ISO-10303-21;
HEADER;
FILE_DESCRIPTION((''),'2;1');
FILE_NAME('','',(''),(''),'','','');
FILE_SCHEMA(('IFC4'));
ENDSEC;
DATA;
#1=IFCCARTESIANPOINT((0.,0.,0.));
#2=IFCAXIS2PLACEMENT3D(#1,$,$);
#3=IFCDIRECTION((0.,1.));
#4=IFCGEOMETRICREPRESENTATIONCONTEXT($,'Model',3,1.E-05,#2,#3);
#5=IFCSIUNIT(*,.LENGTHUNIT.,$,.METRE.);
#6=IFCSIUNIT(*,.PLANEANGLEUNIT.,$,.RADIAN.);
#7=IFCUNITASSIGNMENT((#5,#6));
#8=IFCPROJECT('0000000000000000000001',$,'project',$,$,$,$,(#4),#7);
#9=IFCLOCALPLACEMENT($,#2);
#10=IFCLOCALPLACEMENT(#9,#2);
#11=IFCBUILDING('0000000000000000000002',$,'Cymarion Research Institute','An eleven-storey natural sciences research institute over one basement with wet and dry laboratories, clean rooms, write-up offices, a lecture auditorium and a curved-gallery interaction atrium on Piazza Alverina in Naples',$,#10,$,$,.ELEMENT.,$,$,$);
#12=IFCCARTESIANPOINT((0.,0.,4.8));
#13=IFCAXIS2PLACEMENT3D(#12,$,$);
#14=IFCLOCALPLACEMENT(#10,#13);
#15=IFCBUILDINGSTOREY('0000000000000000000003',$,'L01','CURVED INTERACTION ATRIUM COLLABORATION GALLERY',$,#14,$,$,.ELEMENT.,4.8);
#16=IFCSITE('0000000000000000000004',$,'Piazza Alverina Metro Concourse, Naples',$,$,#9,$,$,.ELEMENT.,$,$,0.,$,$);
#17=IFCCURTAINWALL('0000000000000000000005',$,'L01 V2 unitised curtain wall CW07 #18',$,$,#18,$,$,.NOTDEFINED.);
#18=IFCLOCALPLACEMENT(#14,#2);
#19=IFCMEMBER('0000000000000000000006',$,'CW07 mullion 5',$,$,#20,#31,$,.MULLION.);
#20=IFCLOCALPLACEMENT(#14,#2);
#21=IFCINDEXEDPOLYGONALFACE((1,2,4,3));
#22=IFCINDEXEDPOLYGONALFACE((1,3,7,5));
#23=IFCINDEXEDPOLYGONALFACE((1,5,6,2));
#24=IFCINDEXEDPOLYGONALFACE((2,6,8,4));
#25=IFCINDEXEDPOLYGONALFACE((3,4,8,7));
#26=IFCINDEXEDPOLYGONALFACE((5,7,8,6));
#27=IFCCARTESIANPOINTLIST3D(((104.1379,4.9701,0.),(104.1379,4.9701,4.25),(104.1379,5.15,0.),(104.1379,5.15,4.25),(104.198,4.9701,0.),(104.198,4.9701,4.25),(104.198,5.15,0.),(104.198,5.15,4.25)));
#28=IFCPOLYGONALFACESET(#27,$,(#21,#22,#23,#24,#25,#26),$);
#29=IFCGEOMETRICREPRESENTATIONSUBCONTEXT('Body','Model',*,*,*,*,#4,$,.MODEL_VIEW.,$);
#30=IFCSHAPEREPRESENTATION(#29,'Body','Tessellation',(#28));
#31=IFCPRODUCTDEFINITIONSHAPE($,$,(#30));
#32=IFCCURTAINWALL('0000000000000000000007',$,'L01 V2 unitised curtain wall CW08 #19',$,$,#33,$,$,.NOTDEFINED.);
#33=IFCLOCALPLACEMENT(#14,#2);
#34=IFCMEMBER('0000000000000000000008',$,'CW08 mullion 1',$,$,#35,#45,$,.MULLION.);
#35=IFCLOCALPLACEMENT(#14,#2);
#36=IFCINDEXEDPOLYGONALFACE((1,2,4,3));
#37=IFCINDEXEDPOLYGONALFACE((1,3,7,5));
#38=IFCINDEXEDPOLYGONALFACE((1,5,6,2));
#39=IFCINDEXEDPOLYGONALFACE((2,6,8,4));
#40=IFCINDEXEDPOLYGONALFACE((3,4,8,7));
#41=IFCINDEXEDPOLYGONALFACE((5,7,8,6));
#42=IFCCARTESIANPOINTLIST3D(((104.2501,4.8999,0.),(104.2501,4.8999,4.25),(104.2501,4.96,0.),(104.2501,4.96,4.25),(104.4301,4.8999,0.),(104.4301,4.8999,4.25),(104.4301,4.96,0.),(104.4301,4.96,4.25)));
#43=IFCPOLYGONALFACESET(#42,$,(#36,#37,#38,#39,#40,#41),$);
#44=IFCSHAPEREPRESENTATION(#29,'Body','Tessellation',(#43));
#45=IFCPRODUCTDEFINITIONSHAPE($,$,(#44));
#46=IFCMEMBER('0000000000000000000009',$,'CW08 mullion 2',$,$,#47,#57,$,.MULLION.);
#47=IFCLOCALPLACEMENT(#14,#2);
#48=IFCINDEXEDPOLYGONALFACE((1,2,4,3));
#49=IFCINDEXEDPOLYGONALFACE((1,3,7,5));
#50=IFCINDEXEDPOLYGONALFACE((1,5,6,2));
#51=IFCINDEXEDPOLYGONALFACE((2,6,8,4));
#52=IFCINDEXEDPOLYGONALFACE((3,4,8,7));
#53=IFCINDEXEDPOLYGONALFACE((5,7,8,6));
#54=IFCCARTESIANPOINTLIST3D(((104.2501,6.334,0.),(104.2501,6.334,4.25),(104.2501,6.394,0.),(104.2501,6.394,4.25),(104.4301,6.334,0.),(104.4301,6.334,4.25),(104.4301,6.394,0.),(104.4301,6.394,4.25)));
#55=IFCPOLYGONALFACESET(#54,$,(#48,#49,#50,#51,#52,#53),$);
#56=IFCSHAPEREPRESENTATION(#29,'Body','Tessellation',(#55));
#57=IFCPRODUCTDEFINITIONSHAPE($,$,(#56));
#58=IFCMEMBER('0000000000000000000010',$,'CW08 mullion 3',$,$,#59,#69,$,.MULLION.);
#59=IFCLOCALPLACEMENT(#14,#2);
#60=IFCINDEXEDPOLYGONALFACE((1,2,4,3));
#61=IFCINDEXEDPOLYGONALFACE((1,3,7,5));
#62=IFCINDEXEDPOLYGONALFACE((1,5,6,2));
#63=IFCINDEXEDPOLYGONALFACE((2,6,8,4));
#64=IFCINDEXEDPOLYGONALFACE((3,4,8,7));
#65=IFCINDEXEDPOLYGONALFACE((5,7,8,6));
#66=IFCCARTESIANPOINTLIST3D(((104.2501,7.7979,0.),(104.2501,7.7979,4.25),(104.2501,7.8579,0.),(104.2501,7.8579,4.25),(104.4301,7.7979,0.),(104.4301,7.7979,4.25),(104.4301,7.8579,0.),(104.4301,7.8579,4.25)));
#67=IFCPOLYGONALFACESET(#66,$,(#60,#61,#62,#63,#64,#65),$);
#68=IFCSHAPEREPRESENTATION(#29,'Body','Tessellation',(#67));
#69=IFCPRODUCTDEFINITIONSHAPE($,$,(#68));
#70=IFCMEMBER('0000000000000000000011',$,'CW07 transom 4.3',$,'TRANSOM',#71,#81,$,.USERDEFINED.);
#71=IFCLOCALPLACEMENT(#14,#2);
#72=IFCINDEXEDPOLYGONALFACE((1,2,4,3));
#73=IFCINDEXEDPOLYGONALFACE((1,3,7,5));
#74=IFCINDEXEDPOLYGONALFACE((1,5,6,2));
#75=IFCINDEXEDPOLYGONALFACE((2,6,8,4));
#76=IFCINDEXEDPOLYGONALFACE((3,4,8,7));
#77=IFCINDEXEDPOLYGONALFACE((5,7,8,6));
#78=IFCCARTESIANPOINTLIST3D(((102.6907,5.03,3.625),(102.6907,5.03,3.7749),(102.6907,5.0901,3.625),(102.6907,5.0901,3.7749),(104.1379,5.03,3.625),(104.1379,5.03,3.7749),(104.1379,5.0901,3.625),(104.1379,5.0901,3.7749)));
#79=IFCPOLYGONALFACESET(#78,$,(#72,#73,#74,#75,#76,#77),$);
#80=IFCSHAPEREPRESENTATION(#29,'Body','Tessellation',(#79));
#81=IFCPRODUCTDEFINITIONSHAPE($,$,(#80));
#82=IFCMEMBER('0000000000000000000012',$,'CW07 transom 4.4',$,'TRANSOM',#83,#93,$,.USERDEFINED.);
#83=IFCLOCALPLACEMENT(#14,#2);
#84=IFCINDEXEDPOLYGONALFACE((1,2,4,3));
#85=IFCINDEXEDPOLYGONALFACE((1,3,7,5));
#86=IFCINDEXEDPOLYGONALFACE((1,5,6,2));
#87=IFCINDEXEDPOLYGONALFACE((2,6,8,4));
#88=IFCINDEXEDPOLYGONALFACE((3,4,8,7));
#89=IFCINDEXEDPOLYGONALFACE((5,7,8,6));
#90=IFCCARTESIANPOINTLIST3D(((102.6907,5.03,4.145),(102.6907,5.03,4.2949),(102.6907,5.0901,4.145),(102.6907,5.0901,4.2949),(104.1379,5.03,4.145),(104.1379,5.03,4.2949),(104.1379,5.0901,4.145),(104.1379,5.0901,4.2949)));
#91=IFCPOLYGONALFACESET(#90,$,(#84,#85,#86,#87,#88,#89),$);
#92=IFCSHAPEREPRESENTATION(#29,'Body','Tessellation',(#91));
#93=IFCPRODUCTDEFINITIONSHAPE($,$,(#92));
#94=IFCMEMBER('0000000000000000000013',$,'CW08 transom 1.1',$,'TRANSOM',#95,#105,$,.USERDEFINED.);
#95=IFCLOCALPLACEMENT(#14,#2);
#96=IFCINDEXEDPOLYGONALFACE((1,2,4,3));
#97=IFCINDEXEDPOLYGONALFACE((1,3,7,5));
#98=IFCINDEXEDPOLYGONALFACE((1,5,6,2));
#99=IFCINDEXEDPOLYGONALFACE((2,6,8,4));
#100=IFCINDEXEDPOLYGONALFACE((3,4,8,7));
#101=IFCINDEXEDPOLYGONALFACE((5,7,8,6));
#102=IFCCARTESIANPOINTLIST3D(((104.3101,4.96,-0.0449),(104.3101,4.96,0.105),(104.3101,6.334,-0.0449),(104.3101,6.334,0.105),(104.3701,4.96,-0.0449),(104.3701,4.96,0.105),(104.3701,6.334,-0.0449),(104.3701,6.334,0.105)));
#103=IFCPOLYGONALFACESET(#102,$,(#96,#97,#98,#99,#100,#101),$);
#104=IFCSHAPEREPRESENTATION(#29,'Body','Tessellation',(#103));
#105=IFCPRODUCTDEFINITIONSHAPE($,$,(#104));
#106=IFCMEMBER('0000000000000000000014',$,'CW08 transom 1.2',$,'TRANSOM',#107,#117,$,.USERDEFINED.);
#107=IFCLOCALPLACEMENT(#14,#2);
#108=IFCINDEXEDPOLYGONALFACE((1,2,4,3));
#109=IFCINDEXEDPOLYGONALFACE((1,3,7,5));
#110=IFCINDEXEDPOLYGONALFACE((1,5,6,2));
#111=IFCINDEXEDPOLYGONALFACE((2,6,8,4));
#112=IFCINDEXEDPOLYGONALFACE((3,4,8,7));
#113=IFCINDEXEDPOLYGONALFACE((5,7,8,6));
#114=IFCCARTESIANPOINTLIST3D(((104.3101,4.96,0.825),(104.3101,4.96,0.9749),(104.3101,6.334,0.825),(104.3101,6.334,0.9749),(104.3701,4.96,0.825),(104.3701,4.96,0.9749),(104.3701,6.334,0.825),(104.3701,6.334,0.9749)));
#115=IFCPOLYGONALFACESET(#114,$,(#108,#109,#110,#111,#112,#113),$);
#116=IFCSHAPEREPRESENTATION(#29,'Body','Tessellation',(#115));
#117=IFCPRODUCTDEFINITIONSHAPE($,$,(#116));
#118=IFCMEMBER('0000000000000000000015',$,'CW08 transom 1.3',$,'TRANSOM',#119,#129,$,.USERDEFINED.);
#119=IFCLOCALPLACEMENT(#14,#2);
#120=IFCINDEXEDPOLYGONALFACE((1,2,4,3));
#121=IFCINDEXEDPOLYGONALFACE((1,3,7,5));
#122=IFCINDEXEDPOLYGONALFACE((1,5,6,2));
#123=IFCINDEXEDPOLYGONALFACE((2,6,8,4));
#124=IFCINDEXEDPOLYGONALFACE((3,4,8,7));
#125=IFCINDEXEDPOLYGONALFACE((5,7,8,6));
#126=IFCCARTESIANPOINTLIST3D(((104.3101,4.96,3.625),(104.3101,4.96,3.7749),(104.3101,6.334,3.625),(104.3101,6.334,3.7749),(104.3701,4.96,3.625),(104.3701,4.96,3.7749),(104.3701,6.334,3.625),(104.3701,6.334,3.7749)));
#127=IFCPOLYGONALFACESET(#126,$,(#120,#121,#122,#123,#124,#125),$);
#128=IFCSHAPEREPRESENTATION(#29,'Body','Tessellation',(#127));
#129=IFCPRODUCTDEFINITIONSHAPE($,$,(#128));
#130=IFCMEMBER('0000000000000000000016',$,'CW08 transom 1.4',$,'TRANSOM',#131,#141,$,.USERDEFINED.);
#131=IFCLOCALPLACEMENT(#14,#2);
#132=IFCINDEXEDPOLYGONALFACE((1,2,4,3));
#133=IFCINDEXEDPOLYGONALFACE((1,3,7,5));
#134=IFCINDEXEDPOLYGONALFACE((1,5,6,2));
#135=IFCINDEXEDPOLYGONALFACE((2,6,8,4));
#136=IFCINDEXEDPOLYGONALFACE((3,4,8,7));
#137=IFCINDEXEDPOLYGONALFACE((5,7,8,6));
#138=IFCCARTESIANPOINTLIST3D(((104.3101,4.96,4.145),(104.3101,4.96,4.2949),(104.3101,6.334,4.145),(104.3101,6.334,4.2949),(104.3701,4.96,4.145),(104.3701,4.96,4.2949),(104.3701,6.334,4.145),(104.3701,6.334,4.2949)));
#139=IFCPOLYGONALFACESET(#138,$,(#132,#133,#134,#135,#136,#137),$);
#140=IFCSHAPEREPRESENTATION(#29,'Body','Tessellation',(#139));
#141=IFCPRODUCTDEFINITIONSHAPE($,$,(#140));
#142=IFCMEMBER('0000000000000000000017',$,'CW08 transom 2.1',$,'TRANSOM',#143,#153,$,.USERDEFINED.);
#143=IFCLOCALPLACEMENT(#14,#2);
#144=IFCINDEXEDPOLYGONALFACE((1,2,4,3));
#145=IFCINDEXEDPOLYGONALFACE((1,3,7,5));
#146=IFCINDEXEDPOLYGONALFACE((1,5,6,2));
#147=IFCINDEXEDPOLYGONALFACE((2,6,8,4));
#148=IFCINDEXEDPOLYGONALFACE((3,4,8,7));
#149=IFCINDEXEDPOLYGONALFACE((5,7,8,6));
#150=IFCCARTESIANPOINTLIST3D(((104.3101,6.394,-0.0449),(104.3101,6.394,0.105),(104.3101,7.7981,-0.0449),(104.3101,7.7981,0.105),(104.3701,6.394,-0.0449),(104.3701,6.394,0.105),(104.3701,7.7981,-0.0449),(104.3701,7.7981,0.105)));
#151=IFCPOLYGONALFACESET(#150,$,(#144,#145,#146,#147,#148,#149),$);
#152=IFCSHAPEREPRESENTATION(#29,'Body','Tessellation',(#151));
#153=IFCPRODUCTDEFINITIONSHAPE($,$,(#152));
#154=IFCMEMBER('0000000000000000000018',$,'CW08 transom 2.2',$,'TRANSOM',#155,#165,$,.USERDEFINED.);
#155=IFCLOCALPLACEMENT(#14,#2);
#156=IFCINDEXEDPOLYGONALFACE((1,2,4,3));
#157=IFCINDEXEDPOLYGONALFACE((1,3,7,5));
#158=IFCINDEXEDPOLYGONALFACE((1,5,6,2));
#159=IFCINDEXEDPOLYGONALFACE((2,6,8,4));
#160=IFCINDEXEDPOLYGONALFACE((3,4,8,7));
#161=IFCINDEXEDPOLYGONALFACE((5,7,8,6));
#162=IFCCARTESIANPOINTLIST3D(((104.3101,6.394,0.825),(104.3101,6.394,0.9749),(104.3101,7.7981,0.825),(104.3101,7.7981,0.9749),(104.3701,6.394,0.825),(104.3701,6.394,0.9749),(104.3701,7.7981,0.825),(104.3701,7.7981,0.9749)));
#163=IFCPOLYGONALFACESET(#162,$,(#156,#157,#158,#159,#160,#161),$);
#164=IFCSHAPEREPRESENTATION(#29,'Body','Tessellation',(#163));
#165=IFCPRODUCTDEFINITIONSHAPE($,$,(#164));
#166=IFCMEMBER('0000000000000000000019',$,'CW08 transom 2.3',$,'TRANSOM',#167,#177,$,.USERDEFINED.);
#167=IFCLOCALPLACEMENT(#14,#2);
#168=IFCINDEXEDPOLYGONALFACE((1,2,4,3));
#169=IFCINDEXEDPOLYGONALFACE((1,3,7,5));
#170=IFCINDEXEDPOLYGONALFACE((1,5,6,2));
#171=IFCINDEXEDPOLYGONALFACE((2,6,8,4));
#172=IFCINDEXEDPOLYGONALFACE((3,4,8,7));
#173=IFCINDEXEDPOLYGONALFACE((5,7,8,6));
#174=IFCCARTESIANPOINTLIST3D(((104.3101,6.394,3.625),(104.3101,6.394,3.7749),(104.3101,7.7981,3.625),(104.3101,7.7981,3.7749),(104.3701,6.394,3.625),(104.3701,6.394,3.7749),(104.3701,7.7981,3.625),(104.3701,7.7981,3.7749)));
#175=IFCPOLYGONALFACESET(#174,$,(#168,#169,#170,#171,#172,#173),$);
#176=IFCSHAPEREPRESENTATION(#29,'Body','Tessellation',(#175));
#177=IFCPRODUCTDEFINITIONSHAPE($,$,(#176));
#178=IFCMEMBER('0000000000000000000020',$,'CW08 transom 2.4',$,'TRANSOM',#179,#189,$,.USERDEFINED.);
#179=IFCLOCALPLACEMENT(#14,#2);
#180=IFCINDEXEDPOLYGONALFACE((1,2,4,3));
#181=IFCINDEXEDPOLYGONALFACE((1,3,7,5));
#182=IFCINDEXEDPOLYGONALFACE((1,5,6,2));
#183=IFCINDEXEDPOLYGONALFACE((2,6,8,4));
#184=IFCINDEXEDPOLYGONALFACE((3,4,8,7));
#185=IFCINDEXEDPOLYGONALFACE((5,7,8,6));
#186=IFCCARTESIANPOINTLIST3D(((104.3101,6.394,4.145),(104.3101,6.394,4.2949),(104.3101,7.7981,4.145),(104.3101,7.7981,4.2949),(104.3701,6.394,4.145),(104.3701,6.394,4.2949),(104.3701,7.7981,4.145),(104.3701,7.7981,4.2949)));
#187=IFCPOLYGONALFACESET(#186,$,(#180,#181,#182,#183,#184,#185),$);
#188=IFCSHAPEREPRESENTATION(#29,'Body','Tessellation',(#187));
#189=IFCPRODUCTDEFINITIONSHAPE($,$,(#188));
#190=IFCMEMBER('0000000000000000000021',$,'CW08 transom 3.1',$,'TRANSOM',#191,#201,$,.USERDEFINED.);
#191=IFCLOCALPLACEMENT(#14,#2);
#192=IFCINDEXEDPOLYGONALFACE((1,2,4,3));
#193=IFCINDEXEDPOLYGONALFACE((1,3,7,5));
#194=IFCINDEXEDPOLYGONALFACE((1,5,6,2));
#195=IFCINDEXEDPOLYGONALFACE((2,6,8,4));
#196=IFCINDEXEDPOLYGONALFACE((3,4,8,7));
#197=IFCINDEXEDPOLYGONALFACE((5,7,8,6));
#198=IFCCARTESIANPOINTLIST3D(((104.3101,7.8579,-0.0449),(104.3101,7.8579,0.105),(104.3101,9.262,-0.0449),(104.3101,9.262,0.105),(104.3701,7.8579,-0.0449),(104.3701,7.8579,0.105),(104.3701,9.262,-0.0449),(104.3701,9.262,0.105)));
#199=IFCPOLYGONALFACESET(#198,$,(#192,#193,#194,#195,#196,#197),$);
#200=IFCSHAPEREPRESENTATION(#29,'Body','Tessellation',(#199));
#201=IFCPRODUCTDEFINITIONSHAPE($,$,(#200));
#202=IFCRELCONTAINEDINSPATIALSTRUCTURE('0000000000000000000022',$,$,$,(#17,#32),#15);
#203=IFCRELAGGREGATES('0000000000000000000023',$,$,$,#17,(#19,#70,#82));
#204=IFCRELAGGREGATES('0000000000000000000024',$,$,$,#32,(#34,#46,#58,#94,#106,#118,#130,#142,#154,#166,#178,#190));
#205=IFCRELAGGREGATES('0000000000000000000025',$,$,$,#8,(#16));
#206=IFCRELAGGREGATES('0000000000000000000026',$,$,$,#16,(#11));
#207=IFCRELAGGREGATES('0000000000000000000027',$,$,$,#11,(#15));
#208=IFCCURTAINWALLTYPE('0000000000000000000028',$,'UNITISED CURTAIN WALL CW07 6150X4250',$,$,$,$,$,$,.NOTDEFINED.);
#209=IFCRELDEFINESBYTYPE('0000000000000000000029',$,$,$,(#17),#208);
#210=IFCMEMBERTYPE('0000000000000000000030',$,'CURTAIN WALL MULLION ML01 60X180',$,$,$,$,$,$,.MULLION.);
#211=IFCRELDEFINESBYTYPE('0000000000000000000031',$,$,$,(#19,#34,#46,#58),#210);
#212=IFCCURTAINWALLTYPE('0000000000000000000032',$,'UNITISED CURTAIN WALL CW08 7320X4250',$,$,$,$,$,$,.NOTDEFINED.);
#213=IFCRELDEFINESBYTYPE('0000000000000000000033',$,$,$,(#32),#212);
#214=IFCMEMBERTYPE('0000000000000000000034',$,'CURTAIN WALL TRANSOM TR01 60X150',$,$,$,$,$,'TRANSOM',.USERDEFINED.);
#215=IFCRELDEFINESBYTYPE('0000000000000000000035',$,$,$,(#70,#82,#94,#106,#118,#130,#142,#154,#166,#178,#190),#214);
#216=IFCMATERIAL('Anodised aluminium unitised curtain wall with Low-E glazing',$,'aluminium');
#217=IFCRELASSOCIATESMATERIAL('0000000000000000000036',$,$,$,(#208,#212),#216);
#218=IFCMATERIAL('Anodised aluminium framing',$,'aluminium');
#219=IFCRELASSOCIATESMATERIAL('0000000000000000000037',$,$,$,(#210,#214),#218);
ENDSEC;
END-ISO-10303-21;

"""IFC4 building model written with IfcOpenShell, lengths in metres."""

from ifc_helpers import new_model, si_unit, direction, frame, origin, origin_2d, place, context, subcontext, project, spatial, rectangle, extrude, material, material_profile, profile_set, type_object, element, aggregate, save


model = new_model("IFC4")

# Units and contexts
model_context = context("Model", 3, precision=1e-05, world=origin(), true_north=direction((0.0, 1.0)))
body_context = subcontext(model_context, "Body", "Model", "MODEL_VIEW")
ifc_project = project(units=[si_unit("LENGTHUNIT", "METRE"), si_unit("PLANEANGLEUNIT", "RADIAN")], contexts=[model_context])

# Site, building, storey
site_placement = place(None, origin())
site = spatial("IfcSite", under=ifc_project, at=site_placement, Name="Piazza Alverina Metro Concourse, Naples", CompositionType="ELEMENT", RefElevation=0.0)
building_placement = place(site_placement, origin())
building = spatial("IfcBuilding", under=site, at=building_placement, Name="Cymarion Research Institute", Description="An eleven-storey natural sciences research institute over one basement with wet and dry laboratories, clean rooms, write-up offices, a lecture auditorium and a curved-gallery interaction atrium on Piazza Alverina in Naples", CompositionType="ELEMENT")
storey_placement = place(building_placement, frame((0.0, 0.0, 4.8)))
storey = spatial("IfcBuildingStorey", under=building, at=storey_placement, Name="L01", Description="CURVED INTERACTION ATRIUM COLLABORATION GALLERY", CompositionType="ELEMENT", Elevation=4.8)

# Curtain wall, member
ifc_material_1 = material(Name="Anodised aluminium unitised curtain wall with Low-E glazing", Category="aluminium")
curtain_wall_type_1 = type_object("IfcCurtainWallType", Name="UNITISED CURTAIN WALL CW07 6150X4250", PredefinedType="NOTDEFINED", material=ifc_material_1)
curtain_wall_1_placement = place(storey_placement, origin())
curtain_wall_1 = element("IfcCurtainWall", 1, at=curtain_wall_1_placement, inside=storey, type_object=curtain_wall_type_1, Name="L01 V2 unitised curtain wall CW07 #18", PredefinedType="NOTDEFINED")
ifc_material_2 = material(Name="Anodised aluminium framing", Category="aluminium")
ifc_material_profile_1 = material_profile(ifc_material_2, rectangle(XDim=0.0601, YDim=0.1799, at=origin_2d()), Name="ALU MULLION 60x180")
ifc_profile_set_1 = profile_set([ifc_material_profile_1], Name="Anodised aluminium framing")
member_type_1 = type_object("IfcMemberType", Name="CURTAIN WALL MULLION ML01 60X180", PredefinedType="MULLION", material=ifc_profile_set_1)
member_1_placement = place(storey_placement, frame((104.168, 5.0601, 0.0), z_axis=(0.0, 0.0, 1.0), x_axis=(1.0, 0.0, 0.0)))
member_1 = element("IfcMember", 2, at=member_1_placement, type_object=member_type_1, Name="CW07 mullion 5", PredefinedType="MULLION", context=body_context, shape_type="SweptSolid", body=[
    extrude(rectangle(XDim=0.0601, YDim=0.1799, at=origin_2d()), origin(), (0.0, 0.0, 1.0), 4.25),
])

# Curtain wall, members
curtain_wall_type_2 = type_object("IfcCurtainWallType", Name="UNITISED CURTAIN WALL CW08 7320X4250", PredefinedType="NOTDEFINED", material=ifc_material_1)
curtain_wall_2_placement = place(storey_placement, origin())
curtain_wall_2 = element("IfcCurtainWall", 3, at=curtain_wall_2_placement, inside=storey, type_object=curtain_wall_type_2, Name="L01 V2 unitised curtain wall CW08 #19", PredefinedType="NOTDEFINED")
member_2_placement = place(storey_placement, frame((104.3401, 4.9299, 0.0), z_axis=(0.0, 0.0, 1.0), x_axis=(0.0, 1.0, 0.0)))
member_2 = element("IfcMember", 4, at=member_2_placement, type_object=member_type_1, Name="CW08 mullion 1", PredefinedType="MULLION", context=body_context, shape_type="SweptSolid", body=[
    extrude(rectangle(XDim=0.0601, YDim=0.1799, at=origin_2d()), origin(), (0.0, 0.0, 1.0), 4.25),
])
member_3_placement = place(storey_placement, frame((104.3401, 6.364, 0.0), z_axis=(0.0, 0.0, 1.0), x_axis=(0.0, 1.0, 0.0)))
member_3 = element("IfcMember", 5, at=member_3_placement, type_object=member_type_1, Name="CW08 mullion 2", PredefinedType="MULLION", context=body_context, shape_type="SweptSolid", body=[
    extrude(rectangle(XDim=0.0601, YDim=0.1799, at=origin_2d()), origin(), (0.0, 0.0, 1.0), 4.25),
])
member_4_placement = place(storey_placement, frame((104.3401, 7.8279, 0.0), z_axis=(0.0, 0.0, 1.0), x_axis=(0.0, 1.0, 0.0)))
member_4 = element("IfcMember", 6, at=member_4_placement, type_object=member_type_1, Name="CW08 mullion 3", PredefinedType="MULLION", context=body_context, shape_type="SweptSolid", body=[
    extrude(rectangle(XDim=0.0601, YDim=0.1799, at=origin_2d()), origin(), (0.0, 0.0, 1.0), 4.25),
])

# Members
ifc_material_profile_2 = material_profile(ifc_material_2, rectangle(XDim=0.0601, YDim=0.1499, at=origin_2d()), Name="ALU TRANSOM 60x150")
ifc_profile_set_2 = profile_set([ifc_material_profile_2], Name="Anodised aluminium framing")
member_type_2 = type_object("IfcMemberType", Name="CURTAIN WALL TRANSOM TR01 60X150", ElementType="TRANSOM", PredefinedType="USERDEFINED", material=ifc_profile_set_2)
member_5_placement = place(storey_placement, frame((102.6907, 5.0601, 3.7), z_axis=(1.0, 0.0, 0.0), x_axis=(0.0, 1.0, 0.0)))
member_5 = element("IfcMember", 7, at=member_5_placement, type_object=member_type_2, Name="CW07 transom 4.3", ObjectType="TRANSOM", PredefinedType="USERDEFINED", context=body_context, shape_type="SweptSolid", body=[
    extrude(rectangle(XDim=0.0601, YDim=0.1499, at=origin_2d()), origin(), (0.0, 0.0, 1.0), 1.4473),
])
member_6_placement = place(storey_placement, frame((102.6907, 5.0601, 4.22), z_axis=(1.0, 0.0, 0.0), x_axis=(0.0, 1.0, 0.0)))
member_6 = element("IfcMember", 8, at=member_6_placement, type_object=member_type_2, Name="CW07 transom 4.4", ObjectType="TRANSOM", PredefinedType="USERDEFINED", context=body_context, shape_type="SweptSolid", body=[
    extrude(rectangle(XDim=0.0601, YDim=0.1499, at=origin_2d()), origin(), (0.0, 0.0, 1.0), 1.4473),
])
member_7_placement = place(storey_placement, frame((104.3401, 4.96, 0.03), z_axis=(0.0, 1.0, 0.0), x_axis=(-1.0, 0.0, 0.0)))
member_7 = element("IfcMember", 9, at=member_7_placement, type_object=member_type_2, Name="CW08 transom 1.1", ObjectType="TRANSOM", PredefinedType="USERDEFINED", context=body_context, shape_type="SweptSolid", body=[
    extrude(rectangle(XDim=0.0601, YDim=0.1499, at=origin_2d()), origin(), (0.0, 0.0, 1.0), 1.374),
])
member_8_placement = place(storey_placement, frame((104.3401, 4.96, 0.8999), z_axis=(0.0, 1.0, 0.0), x_axis=(-1.0, 0.0, 0.0)))
member_8 = element("IfcMember", 10, at=member_8_placement, type_object=member_type_2, Name="CW08 transom 1.2", ObjectType="TRANSOM", PredefinedType="USERDEFINED", context=body_context, shape_type="SweptSolid", body=[
    extrude(rectangle(XDim=0.0601, YDim=0.1499, at=origin_2d()), origin(), (0.0, 0.0, 1.0), 1.374),
])
member_9_placement = place(storey_placement, frame((104.3401, 4.96, 3.7), z_axis=(0.0, 1.0, 0.0), x_axis=(-1.0, 0.0, 0.0)))
member_9 = element("IfcMember", 11, at=member_9_placement, type_object=member_type_2, Name="CW08 transom 1.3", ObjectType="TRANSOM", PredefinedType="USERDEFINED", context=body_context, shape_type="SweptSolid", body=[
    extrude(rectangle(XDim=0.0601, YDim=0.1499, at=origin_2d()), origin(), (0.0, 0.0, 1.0), 1.374),
])
member_10_placement = place(storey_placement, frame((104.3401, 4.96, 4.22), z_axis=(0.0, 1.0, 0.0), x_axis=(-1.0, 0.0, 0.0)))
member_10 = element("IfcMember", 12, at=member_10_placement, type_object=member_type_2, Name="CW08 transom 1.4", ObjectType="TRANSOM", PredefinedType="USERDEFINED", context=body_context, shape_type="SweptSolid", body=[
    extrude(rectangle(XDim=0.0601, YDim=0.1499, at=origin_2d()), origin(), (0.0, 0.0, 1.0), 1.374),
])
member_11_placement = place(storey_placement, frame((104.3401, 6.394, 0.03), z_axis=(0.0, 1.0, 0.0), x_axis=(-1.0, 0.0, 0.0)))
member_11 = element("IfcMember", 13, at=member_11_placement, type_object=member_type_2, Name="CW08 transom 2.1", ObjectType="TRANSOM", PredefinedType="USERDEFINED", context=body_context, shape_type="SweptSolid", body=[
    extrude(rectangle(XDim=0.0601, YDim=0.1499, at=origin_2d()), origin(), (0.0, 0.0, 1.0), 1.4041),
])
member_12_placement = place(storey_placement, frame((104.3401, 6.394, 0.8999), z_axis=(0.0, 1.0, 0.0), x_axis=(-1.0, 0.0, 0.0)))
member_12 = element("IfcMember", 14, at=member_12_placement, type_object=member_type_2, Name="CW08 transom 2.2", ObjectType="TRANSOM", PredefinedType="USERDEFINED", context=body_context, shape_type="SweptSolid", body=[
    extrude(rectangle(XDim=0.0601, YDim=0.1499, at=origin_2d()), origin(), (0.0, 0.0, 1.0), 1.4041),
])
member_13_placement = place(storey_placement, frame((104.3401, 6.394, 3.7), z_axis=(0.0, 1.0, 0.0), x_axis=(-1.0, 0.0, 0.0)))
member_13 = element("IfcMember", 15, at=member_13_placement, type_object=member_type_2, Name="CW08 transom 2.3", ObjectType="TRANSOM", PredefinedType="USERDEFINED", context=body_context, shape_type="SweptSolid", body=[
    extrude(rectangle(XDim=0.0601, YDim=0.1499, at=origin_2d()), origin(), (0.0, 0.0, 1.0), 1.4041),
])
member_14_placement = place(storey_placement, frame((104.3401, 6.394, 4.22), z_axis=(0.0, 1.0, 0.0), x_axis=(-1.0, 0.0, 0.0)))
member_14 = element("IfcMember", 16, at=member_14_placement, type_object=member_type_2, Name="CW08 transom 2.4", ObjectType="TRANSOM", PredefinedType="USERDEFINED", context=body_context, shape_type="SweptSolid", body=[
    extrude(rectangle(XDim=0.0601, YDim=0.1499, at=origin_2d()), origin(), (0.0, 0.0, 1.0), 1.4041),
])
member_15_placement = place(storey_placement, frame((104.3401, 7.8579, 0.03), z_axis=(0.0, 1.0, 0.0), x_axis=(-1.0, 0.0, 0.0)))
member_15 = element("IfcMember", 17, at=member_15_placement, type_object=member_type_2, Name="CW08 transom 3.1", ObjectType="TRANSOM", PredefinedType="USERDEFINED", context=body_context, shape_type="SweptSolid", body=[
    extrude(rectangle(XDim=0.0601, YDim=0.1499, at=origin_2d()), origin(), (0.0, 0.0, 1.0), 1.4041),
])

aggregate(curtain_wall_1, [member_1, member_5, member_6])
aggregate(curtain_wall_2, [member_2, member_3, member_4, member_7, member_8, member_9, member_10, member_11, member_12, member_13, member_14, member_15])

save(model, "model.ifc")
